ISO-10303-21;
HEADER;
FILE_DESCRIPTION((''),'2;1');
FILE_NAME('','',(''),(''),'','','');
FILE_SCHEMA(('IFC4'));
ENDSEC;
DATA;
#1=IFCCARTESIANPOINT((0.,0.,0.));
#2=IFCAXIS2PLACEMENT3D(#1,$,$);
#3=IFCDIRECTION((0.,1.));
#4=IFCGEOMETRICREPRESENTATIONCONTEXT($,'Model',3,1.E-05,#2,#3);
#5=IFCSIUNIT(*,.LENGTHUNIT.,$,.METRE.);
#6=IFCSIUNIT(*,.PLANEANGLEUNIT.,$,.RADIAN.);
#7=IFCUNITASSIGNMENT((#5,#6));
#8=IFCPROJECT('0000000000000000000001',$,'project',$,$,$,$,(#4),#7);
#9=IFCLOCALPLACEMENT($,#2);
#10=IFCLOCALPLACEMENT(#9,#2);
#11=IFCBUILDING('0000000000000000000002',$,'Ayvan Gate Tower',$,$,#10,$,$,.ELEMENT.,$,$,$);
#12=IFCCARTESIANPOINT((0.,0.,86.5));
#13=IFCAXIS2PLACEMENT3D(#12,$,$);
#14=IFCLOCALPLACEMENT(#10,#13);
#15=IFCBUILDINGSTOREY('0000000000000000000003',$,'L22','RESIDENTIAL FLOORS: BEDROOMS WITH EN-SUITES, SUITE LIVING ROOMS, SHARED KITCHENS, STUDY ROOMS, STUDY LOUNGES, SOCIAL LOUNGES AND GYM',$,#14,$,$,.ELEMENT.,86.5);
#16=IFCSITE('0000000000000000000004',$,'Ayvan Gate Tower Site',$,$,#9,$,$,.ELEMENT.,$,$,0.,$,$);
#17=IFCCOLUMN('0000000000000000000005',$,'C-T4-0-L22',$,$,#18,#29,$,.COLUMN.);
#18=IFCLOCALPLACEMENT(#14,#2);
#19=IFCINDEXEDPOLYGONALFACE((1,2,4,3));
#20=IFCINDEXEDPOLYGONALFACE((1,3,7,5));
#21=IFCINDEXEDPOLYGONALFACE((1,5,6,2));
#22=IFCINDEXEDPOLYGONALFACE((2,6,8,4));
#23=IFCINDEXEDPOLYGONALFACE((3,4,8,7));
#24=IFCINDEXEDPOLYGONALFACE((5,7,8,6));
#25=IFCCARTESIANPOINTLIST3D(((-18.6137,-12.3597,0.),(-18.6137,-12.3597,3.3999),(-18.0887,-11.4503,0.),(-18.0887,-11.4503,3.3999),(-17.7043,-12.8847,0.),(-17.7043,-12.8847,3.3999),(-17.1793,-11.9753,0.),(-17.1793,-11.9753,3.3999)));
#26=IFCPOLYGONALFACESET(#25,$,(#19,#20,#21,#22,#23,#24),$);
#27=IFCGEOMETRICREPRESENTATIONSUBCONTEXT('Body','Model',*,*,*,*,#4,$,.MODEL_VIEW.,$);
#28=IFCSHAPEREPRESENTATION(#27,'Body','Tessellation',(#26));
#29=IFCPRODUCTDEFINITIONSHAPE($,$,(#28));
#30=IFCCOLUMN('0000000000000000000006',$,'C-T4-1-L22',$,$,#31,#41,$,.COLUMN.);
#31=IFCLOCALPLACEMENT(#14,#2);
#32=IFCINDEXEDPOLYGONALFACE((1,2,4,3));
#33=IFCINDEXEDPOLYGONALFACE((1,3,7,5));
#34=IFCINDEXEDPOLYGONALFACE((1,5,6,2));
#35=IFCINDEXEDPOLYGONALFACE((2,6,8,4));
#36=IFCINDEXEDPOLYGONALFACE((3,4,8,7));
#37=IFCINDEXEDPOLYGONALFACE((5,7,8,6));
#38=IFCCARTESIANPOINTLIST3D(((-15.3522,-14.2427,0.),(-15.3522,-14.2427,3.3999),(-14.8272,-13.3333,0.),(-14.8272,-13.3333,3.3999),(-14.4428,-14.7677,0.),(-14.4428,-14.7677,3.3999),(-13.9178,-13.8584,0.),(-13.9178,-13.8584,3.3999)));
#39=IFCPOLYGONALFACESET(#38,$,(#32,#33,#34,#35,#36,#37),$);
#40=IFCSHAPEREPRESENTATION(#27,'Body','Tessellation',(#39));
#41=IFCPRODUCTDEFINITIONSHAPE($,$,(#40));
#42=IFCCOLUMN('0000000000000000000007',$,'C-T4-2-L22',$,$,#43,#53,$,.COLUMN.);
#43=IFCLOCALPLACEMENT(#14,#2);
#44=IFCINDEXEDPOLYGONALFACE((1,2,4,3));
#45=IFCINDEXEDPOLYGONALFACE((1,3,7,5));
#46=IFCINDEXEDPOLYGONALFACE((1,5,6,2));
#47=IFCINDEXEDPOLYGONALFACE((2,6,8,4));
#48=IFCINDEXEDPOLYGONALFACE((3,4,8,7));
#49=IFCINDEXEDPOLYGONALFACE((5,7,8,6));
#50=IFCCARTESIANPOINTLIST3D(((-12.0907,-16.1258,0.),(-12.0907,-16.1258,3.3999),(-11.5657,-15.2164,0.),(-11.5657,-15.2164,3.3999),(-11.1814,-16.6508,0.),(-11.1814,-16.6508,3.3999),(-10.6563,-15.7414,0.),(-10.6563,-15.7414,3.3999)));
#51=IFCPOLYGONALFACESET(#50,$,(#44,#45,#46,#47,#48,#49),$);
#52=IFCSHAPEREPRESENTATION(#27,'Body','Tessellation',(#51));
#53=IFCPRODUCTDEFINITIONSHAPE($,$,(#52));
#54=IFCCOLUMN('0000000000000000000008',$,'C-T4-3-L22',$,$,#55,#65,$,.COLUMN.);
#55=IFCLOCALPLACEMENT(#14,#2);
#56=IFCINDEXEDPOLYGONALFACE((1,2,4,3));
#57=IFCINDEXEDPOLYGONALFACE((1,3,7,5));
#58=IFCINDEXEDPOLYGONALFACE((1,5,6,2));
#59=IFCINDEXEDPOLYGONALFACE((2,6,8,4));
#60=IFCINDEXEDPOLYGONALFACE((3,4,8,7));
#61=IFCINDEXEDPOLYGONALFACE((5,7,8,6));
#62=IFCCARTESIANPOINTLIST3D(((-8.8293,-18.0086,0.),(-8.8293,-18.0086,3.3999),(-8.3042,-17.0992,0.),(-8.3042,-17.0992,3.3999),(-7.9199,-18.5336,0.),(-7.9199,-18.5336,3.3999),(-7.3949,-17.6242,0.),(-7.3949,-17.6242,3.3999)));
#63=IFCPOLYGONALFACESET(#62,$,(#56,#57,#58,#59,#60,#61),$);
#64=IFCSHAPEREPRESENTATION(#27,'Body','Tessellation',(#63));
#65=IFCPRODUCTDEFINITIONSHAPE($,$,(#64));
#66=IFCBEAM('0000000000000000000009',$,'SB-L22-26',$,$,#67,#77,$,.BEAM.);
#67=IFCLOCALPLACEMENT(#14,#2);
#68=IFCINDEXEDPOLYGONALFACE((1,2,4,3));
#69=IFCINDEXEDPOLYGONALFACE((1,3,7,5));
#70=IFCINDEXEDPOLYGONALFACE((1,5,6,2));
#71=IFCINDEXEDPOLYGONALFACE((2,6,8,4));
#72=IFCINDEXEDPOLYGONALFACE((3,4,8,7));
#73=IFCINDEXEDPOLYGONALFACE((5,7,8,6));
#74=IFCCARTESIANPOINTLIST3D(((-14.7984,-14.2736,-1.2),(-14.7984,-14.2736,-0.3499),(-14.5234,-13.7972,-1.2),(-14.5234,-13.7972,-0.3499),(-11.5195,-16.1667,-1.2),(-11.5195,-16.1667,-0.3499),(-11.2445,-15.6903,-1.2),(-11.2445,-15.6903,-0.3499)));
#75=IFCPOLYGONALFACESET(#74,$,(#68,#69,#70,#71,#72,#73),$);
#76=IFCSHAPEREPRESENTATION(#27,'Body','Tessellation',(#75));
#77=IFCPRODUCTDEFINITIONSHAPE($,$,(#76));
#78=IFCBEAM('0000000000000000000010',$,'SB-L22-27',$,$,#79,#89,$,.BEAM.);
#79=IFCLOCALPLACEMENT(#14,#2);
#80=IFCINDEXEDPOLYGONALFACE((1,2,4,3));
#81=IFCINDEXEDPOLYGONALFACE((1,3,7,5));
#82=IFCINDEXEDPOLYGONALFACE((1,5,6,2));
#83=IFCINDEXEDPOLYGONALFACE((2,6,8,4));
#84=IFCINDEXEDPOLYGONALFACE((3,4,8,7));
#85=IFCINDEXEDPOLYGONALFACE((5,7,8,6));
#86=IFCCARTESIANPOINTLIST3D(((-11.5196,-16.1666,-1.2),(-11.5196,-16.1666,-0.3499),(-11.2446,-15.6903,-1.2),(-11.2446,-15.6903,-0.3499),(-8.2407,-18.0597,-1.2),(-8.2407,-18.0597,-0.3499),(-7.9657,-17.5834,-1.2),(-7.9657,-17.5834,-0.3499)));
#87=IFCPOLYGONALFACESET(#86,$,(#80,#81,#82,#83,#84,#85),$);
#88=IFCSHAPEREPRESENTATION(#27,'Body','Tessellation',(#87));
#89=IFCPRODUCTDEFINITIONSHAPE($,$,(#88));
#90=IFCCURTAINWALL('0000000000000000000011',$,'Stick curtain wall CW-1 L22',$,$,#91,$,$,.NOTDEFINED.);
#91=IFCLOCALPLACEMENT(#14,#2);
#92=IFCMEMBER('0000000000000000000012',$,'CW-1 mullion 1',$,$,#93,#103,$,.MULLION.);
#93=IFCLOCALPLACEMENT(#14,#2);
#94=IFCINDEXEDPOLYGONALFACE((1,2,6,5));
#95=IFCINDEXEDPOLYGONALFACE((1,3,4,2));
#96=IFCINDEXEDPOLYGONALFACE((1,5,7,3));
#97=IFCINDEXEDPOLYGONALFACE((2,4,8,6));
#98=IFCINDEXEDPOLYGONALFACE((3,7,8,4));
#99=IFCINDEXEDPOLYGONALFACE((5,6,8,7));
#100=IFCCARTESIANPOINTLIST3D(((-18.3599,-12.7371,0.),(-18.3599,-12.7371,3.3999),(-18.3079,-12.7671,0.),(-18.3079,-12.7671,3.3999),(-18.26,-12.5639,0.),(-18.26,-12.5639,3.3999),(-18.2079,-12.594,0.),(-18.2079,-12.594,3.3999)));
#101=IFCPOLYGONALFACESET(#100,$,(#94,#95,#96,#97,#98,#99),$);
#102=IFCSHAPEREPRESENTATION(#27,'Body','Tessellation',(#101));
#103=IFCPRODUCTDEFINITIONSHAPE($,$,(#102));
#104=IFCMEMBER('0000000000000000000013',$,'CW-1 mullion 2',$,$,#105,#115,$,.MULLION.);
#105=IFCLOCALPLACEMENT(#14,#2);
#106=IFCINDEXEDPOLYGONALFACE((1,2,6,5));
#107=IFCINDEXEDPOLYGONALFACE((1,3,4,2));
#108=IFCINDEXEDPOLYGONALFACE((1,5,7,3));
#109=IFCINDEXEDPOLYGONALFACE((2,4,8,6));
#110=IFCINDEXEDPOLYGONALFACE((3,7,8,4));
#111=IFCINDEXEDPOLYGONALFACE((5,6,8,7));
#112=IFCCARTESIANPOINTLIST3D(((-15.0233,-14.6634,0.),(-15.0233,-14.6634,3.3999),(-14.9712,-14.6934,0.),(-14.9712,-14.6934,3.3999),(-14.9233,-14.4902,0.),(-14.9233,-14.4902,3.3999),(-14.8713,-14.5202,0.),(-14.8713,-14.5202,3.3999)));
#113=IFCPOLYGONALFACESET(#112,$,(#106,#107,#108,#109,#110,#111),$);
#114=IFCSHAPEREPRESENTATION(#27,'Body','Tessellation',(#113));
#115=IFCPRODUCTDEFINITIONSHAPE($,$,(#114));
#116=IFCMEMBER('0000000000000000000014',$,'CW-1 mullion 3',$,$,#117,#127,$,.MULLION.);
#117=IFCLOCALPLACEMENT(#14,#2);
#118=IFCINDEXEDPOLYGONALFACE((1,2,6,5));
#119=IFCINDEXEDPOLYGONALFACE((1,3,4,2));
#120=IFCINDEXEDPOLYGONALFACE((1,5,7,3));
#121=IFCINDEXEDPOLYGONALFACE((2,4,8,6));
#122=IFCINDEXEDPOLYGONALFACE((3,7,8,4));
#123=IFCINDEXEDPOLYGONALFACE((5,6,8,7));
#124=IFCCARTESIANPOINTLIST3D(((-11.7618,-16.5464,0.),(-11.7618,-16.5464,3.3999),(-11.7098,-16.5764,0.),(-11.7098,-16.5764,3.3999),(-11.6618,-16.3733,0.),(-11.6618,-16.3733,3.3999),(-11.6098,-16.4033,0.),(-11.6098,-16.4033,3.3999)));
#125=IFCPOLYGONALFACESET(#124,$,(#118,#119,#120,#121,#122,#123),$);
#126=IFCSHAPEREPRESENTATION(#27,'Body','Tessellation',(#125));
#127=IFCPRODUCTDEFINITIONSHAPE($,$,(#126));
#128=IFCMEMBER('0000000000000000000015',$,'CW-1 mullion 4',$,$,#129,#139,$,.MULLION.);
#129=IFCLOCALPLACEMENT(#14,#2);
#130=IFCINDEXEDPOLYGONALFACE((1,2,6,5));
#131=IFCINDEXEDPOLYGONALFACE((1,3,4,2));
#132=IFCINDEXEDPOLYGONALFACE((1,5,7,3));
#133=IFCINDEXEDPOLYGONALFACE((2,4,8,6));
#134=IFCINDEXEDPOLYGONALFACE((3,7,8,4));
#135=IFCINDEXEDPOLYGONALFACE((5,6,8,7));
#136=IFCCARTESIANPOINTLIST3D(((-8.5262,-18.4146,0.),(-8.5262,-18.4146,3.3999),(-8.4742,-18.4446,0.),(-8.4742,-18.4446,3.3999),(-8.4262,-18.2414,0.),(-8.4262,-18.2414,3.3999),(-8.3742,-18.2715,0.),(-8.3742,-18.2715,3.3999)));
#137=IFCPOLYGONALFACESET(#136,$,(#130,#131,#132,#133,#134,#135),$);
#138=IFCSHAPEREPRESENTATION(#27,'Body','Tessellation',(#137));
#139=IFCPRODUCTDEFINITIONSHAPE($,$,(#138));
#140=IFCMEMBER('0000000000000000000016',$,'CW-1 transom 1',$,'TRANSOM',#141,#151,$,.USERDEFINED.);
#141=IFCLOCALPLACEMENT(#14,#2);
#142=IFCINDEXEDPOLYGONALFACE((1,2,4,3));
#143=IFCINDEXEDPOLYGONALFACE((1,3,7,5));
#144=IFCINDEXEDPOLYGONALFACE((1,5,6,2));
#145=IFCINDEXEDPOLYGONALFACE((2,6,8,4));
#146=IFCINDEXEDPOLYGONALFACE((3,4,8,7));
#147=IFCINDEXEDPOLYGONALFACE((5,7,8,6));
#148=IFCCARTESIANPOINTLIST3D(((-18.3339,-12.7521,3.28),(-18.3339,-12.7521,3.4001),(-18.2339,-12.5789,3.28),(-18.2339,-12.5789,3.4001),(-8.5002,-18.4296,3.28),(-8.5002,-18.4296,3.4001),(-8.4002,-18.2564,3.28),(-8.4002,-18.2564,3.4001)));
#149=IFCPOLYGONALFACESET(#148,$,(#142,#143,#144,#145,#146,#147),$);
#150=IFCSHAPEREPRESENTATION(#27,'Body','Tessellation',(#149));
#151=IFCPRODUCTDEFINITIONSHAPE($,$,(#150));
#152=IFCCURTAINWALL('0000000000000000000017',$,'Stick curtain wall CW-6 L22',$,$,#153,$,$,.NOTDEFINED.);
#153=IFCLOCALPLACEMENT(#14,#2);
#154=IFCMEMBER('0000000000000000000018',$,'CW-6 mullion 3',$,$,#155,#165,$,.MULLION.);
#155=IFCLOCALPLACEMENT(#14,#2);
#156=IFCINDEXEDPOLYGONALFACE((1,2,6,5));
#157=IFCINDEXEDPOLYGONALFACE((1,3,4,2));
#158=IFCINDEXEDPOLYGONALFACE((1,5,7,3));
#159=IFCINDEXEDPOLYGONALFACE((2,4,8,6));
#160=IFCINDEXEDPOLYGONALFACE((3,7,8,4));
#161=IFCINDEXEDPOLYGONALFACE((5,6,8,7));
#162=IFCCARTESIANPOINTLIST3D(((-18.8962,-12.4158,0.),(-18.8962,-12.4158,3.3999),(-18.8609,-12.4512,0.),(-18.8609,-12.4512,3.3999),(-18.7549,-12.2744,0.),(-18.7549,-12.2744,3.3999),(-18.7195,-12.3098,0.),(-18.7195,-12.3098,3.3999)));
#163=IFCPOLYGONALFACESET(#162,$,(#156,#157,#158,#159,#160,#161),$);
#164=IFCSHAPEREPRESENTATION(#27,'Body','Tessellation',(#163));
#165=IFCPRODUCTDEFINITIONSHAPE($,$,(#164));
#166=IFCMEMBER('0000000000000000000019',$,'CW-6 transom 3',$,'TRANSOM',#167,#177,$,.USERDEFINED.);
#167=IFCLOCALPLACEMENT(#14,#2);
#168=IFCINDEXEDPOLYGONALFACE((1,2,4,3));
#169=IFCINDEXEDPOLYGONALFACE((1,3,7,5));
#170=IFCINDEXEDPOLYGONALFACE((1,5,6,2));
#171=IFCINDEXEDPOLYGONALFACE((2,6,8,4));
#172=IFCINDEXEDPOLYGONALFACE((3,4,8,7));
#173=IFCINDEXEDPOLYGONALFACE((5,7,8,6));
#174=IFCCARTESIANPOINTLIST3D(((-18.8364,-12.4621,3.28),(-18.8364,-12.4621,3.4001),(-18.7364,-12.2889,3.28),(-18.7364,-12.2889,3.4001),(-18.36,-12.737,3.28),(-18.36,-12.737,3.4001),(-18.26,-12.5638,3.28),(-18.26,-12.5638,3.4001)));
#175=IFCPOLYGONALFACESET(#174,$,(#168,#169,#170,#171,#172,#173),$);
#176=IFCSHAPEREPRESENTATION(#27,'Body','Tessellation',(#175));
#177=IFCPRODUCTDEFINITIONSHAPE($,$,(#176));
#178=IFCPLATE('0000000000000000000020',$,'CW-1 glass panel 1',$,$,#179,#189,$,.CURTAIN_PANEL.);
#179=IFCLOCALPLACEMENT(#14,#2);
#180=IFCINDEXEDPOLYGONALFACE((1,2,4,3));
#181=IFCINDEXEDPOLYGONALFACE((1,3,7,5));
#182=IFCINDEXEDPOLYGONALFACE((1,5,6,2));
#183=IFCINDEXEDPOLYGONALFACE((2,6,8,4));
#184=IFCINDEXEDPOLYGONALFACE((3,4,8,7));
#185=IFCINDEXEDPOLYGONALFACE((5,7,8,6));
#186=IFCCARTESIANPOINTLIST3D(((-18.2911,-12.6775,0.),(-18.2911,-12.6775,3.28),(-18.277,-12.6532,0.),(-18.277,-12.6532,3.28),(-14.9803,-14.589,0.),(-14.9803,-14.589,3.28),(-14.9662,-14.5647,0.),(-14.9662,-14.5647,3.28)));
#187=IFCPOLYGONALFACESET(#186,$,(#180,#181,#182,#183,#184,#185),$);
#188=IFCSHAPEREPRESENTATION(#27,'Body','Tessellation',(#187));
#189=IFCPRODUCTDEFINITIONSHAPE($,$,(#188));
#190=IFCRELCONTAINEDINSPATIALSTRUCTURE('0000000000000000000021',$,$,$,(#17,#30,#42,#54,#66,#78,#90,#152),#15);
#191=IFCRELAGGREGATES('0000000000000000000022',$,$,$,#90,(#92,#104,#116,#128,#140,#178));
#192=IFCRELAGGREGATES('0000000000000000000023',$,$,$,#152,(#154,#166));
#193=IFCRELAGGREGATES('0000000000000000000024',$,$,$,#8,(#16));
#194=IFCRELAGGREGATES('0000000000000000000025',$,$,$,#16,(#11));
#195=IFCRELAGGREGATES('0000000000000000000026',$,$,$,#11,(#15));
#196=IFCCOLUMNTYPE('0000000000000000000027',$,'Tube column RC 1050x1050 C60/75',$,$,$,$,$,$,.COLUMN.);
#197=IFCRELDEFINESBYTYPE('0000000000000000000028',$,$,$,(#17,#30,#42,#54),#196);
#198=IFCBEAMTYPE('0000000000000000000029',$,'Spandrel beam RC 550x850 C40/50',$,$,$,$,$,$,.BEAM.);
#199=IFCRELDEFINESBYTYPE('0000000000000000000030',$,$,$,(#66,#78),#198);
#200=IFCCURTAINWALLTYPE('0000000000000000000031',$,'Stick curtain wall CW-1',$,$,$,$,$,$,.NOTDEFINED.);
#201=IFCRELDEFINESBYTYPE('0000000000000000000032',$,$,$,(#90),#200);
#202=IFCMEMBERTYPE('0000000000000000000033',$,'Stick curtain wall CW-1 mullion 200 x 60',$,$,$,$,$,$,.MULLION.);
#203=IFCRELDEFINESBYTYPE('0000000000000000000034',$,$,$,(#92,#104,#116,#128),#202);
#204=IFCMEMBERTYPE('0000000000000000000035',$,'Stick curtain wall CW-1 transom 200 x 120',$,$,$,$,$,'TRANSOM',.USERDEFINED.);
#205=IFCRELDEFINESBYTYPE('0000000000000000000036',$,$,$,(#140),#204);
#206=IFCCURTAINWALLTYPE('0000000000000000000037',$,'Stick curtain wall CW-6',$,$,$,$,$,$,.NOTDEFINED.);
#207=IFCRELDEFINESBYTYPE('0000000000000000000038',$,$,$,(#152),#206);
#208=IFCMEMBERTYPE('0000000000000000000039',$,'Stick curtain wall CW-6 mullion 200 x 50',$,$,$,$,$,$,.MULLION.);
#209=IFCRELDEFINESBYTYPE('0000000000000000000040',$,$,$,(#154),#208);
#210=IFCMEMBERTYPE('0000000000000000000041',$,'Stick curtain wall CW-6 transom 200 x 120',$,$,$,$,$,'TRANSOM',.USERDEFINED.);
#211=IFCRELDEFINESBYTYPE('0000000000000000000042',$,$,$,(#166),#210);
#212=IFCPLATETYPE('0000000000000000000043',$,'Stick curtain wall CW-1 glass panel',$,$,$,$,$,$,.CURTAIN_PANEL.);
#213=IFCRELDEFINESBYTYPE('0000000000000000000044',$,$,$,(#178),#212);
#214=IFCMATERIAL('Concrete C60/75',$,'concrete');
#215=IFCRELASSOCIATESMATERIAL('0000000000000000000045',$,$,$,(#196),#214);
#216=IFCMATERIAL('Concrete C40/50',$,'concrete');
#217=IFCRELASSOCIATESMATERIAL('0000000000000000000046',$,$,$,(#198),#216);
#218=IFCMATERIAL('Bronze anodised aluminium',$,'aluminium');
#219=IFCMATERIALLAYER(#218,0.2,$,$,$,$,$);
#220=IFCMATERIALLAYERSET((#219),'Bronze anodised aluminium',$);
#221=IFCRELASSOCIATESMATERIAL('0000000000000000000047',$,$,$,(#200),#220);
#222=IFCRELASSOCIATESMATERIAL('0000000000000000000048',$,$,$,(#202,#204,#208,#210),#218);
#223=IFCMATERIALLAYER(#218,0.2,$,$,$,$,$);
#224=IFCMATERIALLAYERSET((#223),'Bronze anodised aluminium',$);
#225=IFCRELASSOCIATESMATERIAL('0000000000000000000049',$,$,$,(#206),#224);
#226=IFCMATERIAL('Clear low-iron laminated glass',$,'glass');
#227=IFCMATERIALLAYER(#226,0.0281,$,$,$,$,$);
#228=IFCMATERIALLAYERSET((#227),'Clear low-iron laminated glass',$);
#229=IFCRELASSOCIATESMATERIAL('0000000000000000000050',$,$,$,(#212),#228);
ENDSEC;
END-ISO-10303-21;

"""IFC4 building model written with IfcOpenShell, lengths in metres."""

from ifc_helpers import new_model, si_unit, direction, frame, origin, origin_2d, place, context, subcontext, project, spatial, rectangle, extrude, material, layer, layer_set, material_profile, profile_set, type_object, element, aggregate, save


model = new_model("IFC4")

# Units and contexts
model_context = context("Model", 3, precision=1e-05, world=origin(), true_north=direction((0.0, 1.0)))
body_context = subcontext(model_context, "Body", "Model", "MODEL_VIEW")
ifc_project = project(units=[si_unit("LENGTHUNIT", "METRE"), si_unit("PLANEANGLEUNIT", "RADIAN")], contexts=[model_context])

# Site, building, storey
site_placement = place(None, origin())
site = spatial("IfcSite", under=ifc_project, at=site_placement, Name="Ayvan Gate Tower Site", CompositionType="ELEMENT", RefElevation=0.0)
building_placement = place(site_placement, origin())
building = spatial("IfcBuilding", under=site, at=building_placement, Name="Ayvan Gate Tower", CompositionType="ELEMENT")
storey_placement = place(building_placement, frame((0.0, 0.0, 86.5)))
storey = spatial("IfcBuildingStorey", under=building, at=storey_placement, Name="L22", Description="RESIDENTIAL FLOORS: BEDROOMS WITH EN-SUITES, SUITE LIVING ROOMS, SHARED KITCHENS, STUDY ROOMS, STUDY LOUNGES, SOCIAL LOUNGES AND GYM", CompositionType="ELEMENT", Elevation=86.5)

# Columns
ifc_material_1 = material(Name="Concrete C60/75", Category="concrete")
ifc_material_profile_1 = material_profile(ifc_material_1, rectangle(XDim=1.05, YDim=1.05, at=origin_2d()), Name="RC 1050x1050")
ifc_profile_set_1 = profile_set([ifc_material_profile_1], Name="Concrete C60/75")
column_type = type_object("IfcColumnType", Name="Tube column RC 1050x1050 C60/75", PredefinedType="COLUMN", material=ifc_profile_set_1)
for number, where, z_axis, x_axis, name in (
    (1, (-17.8965, -12.1675, 0.0), (0.0, 0.0, 1.0), (-0.5, -0.866025, 0.0), "C-T4-0-L22"),
    (2, (-14.635, -14.0505, 0.0), (0.0, 0.0, 1.0), (-0.5, -0.866025, 0.0), "C-T4-1-L22"),
    (3, (-11.3735, -15.9336, 0.0), (0.0, 0.0, 1.0), (-0.5, -0.866025, 0.0), "C-T4-2-L22"),
    (4, (-8.1121, -17.8164, 0.0), (0.0, 0.0, 1.0), (-0.5, -0.866025, 0.0), "C-T4-3-L22"),
):
    element("IfcColumn", number, at=place(storey_placement, frame(where, z_axis=z_axis, x_axis=x_axis)), inside=storey, type_object=column_type, Name=name, PredefinedType="COLUMN", context=body_context, shape_type="SweptSolid", body=[
        extrude(rectangle(XDim=1.05, YDim=1.05, at=origin_2d()), origin(), (0.0, 0.0, 1.0), 3.3999),
    ])

# Beams
ifc_material_2 = material(Name="Concrete C40/50", Category="concrete")
ifc_material_profile_2 = material_profile(ifc_material_2, rectangle(XDim=0.55, YDim=0.8501, at=origin_2d()), Name="RC 550x850")
ifc_profile_set_2 = profile_set([ifc_material_profile_2], Name="Concrete C40/50")
beam_type = type_object("IfcBeamType", Name="Spandrel beam RC 550x850 C40/50", PredefinedType="BEAM", material=ifc_profile_set_2)
for number, where, z_axis, x_axis, name in (
    (5, (-14.6609, -14.0354, -0.7749), (0.86602, -0.500009, 0.0), (0.500009, 0.86602, 0.0), "SB-L22-26"),
    (6, (-11.3821, -15.9285, -0.7749), (0.86602, -0.500009, 0.0), (0.500009, 0.86602, 0.0), "SB-L22-27"),
):
    element("IfcBeam", number, at=place(storey_placement, frame(where, z_axis=z_axis, x_axis=x_axis)), inside=storey, type_object=beam_type, Name=name, PredefinedType="BEAM", context=body_context, shape_type="SweptSolid", body=[
        extrude(rectangle(XDim=0.55, YDim=0.8501, at=origin_2d()), origin(), (0.0, 0.0, 1.0), 3.7861),
    ])

# Curtain walls, members
ifc_material_3 = material(Name="Bronze anodised aluminium", Category="aluminium")
ifc_layer_1 = layer(ifc_material_3, 0.2)
ifc_layer_set_1 = layer_set([ifc_layer_1], Name="Bronze anodised aluminium")
curtain_wall_type_1 = type_object("IfcCurtainWallType", Name="Stick curtain wall CW-1", PredefinedType="NOTDEFINED", material=ifc_layer_set_1)
curtain_wall_1_placement = place(storey_placement, origin())
curtain_wall_1 = element("IfcCurtainWall", 7, at=curtain_wall_1_placement, inside=storey, type_object=curtain_wall_type_1, Name="Stick curtain wall CW-1 L22", PredefinedType="NOTDEFINED")
ifc_material_profile_3 = material_profile(ifc_material_3, rectangle(XDim=0.2, YDim=0.0601, at=origin_2d()), Name="Stick curtain wall CW-1 mullion 200 x 60")
ifc_profile_set_3 = profile_set([ifc_material_profile_3], Name="Bronze anodised aluminium")
member_type_1 = type_object("IfcMemberType", Name="Stick curtain wall CW-1 mullion 200 x 60", PredefinedType="MULLION", material=ifc_profile_set_3)
member_1_placement = place(storey_placement, frame((-18.2839, -12.6655, 0.0), z_axis=(0.0, 0.0, 1.0), x_axis=(-0.5, -0.866025, 0.0)))
member_1 = element("IfcMember", 8, at=member_1_placement, type_object=member_type_1, Name="CW-1 mullion 1", PredefinedType="MULLION", context=body_context, shape_type="SweptSolid", body=[
    extrude(rectangle(XDim=0.2, YDim=0.0601, at=origin_2d()), origin(), (0.0, 0.0, 1.0), 3.3999),
])
member_2_placement = place(storey_placement, frame((-14.9473, -14.5918, 0.0), z_axis=(0.0, 0.0, 1.0), x_axis=(-0.5, -0.866025, 0.0)))
member_2 = element("IfcMember", 9, at=member_2_placement, type_object=member_type_1, Name="CW-1 mullion 2", PredefinedType="MULLION", context=body_context, shape_type="SweptSolid", body=[
    extrude(rectangle(XDim=0.2, YDim=0.0601, at=origin_2d()), origin(), (0.0, 0.0, 1.0), 3.3999),
])
member_3_placement = place(storey_placement, frame((-11.6858, -16.4749, 0.0), z_axis=(0.0, 0.0, 1.0), x_axis=(-0.5, -0.866025, 0.0)))
member_3 = element("IfcMember", 10, at=member_3_placement, type_object=member_type_1, Name="CW-1 mullion 3", PredefinedType="MULLION", context=body_context, shape_type="SweptSolid", body=[
    extrude(rectangle(XDim=0.2, YDim=0.0601, at=origin_2d()), origin(), (0.0, 0.0, 1.0), 3.3999),
])
member_4_placement = place(storey_placement, frame((-8.4502, -18.343, 0.0), z_axis=(0.0, 0.0, 1.0), x_axis=(-0.5, -0.866025, 0.0)))
member_4 = element("IfcMember", 11, at=member_4_placement, type_object=member_type_1, Name="CW-1 mullion 4", PredefinedType="MULLION", context=body_context, shape_type="SweptSolid", body=[
    extrude(rectangle(XDim=0.2, YDim=0.0601, at=origin_2d()), origin(), (0.0, 0.0, 1.0), 3.3999),
])
ifc_material_profile_4 = material_profile(ifc_material_3, rectangle(XDim=0.2, YDim=0.1201, at=origin_2d()), Name="Stick curtain wall CW-1 transom 200 x 120")
ifc_profile_set_4 = profile_set([ifc_material_profile_4], Name="Bronze anodised aluminium")
member_type_2 = type_object("IfcMemberType", Name="Stick curtain wall CW-1 transom 200 x 120", ElementType="TRANSOM", PredefinedType="USERDEFINED", material=ifc_profile_set_4)
member_5_placement = place(storey_placement, frame((-18.2839, -12.6655, 3.3401), z_axis=(0.866026, -0.499999, 0.0), x_axis=(0.499999, 0.866026, 0.0)))
member_5 = element("IfcMember", 12, at=member_5_placement, type_object=member_type_2, Name="CW-1 transom 1", ObjectType="TRANSOM", PredefinedType="USERDEFINED", context=body_context, shape_type="SweptSolid", body=[
    extrude(rectangle(XDim=0.2, YDim=0.1201, at=origin_2d()), origin(), (0.0, 0.0, 1.0), 11.355),
])
ifc_layer_2 = layer(ifc_material_3, 0.2)
ifc_layer_set_2 = layer_set([ifc_layer_2], Name="Bronze anodised aluminium")
curtain_wall_type_2 = type_object("IfcCurtainWallType", Name="Stick curtain wall CW-6", PredefinedType="NOTDEFINED", material=ifc_layer_set_2)
curtain_wall_2_placement = place(storey_placement, origin())
curtain_wall_2 = element("IfcCurtainWall", 13, at=curtain_wall_2_placement, inside=storey, type_object=curtain_wall_type_2, Name="Stick curtain wall CW-6 L22", PredefinedType="NOTDEFINED")
ifc_material_profile_5 = material_profile(ifc_material_3, rectangle(XDim=0.2, YDim=0.05, at=origin_2d()), Name="Stick curtain wall CW-6 mullion 200 x 50")
ifc_profile_set_5 = profile_set([ifc_material_profile_5], Name="Bronze anodised aluminium")
member_type_3 = type_object("IfcMemberType", Name="Stick curtain wall CW-6 mullion 200 x 50", PredefinedType="MULLION", material=ifc_profile_set_5)
member_6_placement = place(storey_placement, frame((-18.8079, -12.3628, 0.0), z_axis=(0.0, 0.0, 1.0), x_axis=(-0.707107, -0.707107, 0.0)))
member_6 = element("IfcMember", 14, at=member_6_placement, type_object=member_type_3, Name="CW-6 mullion 3", PredefinedType="MULLION", context=body_context, shape_type="SweptSolid", body=[
    extrude(rectangle(XDim=0.2, YDim=0.05, at=origin_2d()), origin(), (0.0, 0.0, 1.0), 3.3999),
])
ifc_material_profile_6 = material_profile(ifc_material_3, rectangle(XDim=0.2, YDim=0.1201, at=origin_2d()), Name="Stick curtain wall CW-6 transom 200 x 120")
ifc_profile_set_6 = profile_set([ifc_material_profile_6], Name="Bronze anodised aluminium")
member_type_4 = type_object("IfcMemberType", Name="Stick curtain wall CW-6 transom 200 x 120", ElementType="TRANSOM", PredefinedType="USERDEFINED", material=ifc_profile_set_6)
member_7_placement = place(storey_placement, frame((-18.7864, -12.3755, 3.3401), z_axis=(0.866104, -0.499863, 0.0), x_axis=(0.499863, 0.866104, 0.0)))
member_7 = element("IfcMember", 15, at=member_7_placement, type_object=member_type_4, Name="CW-6 transom 3", ObjectType="TRANSOM", PredefinedType="USERDEFINED", context=body_context, shape_type="SweptSolid", body=[
    extrude(rectangle(XDim=0.2, YDim=0.1201, at=origin_2d()), origin(), (0.0, 0.0, 1.0), 0.55),
])

# Plate
ifc_material_4 = material(Name="Clear low-iron laminated glass", Category="glass")
ifc_layer_3 = layer(ifc_material_4, 0.0281)
ifc_layer_set_3 = layer_set([ifc_layer_3], Name="Clear low-iron laminated glass")
plate_type_1 = type_object("IfcPlateType", Name="Stick curtain wall CW-1 glass panel", PredefinedType="CURTAIN_PANEL", material=ifc_layer_set_3)
plate_1_placement = place(storey_placement, frame((-16.6287, -13.6211, 0.0), z_axis=(0.0, 0.0, 1.0), x_axis=(0.866025, -0.5, 0.0)))
plate_1 = element("IfcPlate", 16, at=plate_1_placement, type_object=plate_type_1, Name="CW-1 glass panel 1", PredefinedType="CURTAIN_PANEL", context=body_context, shape_type="SweptSolid", body=[
    extrude(rectangle(XDim=3.823, YDim=0.0281, at=origin_2d()), origin(), (0.0, 0.0, 1.0), 3.28),
])
aggregate(curtain_wall_1, [member_1, member_2, member_3, member_4, member_5, plate_1])
aggregate(curtain_wall_2, [member_6, member_7])

save(model, "model.ifc")
